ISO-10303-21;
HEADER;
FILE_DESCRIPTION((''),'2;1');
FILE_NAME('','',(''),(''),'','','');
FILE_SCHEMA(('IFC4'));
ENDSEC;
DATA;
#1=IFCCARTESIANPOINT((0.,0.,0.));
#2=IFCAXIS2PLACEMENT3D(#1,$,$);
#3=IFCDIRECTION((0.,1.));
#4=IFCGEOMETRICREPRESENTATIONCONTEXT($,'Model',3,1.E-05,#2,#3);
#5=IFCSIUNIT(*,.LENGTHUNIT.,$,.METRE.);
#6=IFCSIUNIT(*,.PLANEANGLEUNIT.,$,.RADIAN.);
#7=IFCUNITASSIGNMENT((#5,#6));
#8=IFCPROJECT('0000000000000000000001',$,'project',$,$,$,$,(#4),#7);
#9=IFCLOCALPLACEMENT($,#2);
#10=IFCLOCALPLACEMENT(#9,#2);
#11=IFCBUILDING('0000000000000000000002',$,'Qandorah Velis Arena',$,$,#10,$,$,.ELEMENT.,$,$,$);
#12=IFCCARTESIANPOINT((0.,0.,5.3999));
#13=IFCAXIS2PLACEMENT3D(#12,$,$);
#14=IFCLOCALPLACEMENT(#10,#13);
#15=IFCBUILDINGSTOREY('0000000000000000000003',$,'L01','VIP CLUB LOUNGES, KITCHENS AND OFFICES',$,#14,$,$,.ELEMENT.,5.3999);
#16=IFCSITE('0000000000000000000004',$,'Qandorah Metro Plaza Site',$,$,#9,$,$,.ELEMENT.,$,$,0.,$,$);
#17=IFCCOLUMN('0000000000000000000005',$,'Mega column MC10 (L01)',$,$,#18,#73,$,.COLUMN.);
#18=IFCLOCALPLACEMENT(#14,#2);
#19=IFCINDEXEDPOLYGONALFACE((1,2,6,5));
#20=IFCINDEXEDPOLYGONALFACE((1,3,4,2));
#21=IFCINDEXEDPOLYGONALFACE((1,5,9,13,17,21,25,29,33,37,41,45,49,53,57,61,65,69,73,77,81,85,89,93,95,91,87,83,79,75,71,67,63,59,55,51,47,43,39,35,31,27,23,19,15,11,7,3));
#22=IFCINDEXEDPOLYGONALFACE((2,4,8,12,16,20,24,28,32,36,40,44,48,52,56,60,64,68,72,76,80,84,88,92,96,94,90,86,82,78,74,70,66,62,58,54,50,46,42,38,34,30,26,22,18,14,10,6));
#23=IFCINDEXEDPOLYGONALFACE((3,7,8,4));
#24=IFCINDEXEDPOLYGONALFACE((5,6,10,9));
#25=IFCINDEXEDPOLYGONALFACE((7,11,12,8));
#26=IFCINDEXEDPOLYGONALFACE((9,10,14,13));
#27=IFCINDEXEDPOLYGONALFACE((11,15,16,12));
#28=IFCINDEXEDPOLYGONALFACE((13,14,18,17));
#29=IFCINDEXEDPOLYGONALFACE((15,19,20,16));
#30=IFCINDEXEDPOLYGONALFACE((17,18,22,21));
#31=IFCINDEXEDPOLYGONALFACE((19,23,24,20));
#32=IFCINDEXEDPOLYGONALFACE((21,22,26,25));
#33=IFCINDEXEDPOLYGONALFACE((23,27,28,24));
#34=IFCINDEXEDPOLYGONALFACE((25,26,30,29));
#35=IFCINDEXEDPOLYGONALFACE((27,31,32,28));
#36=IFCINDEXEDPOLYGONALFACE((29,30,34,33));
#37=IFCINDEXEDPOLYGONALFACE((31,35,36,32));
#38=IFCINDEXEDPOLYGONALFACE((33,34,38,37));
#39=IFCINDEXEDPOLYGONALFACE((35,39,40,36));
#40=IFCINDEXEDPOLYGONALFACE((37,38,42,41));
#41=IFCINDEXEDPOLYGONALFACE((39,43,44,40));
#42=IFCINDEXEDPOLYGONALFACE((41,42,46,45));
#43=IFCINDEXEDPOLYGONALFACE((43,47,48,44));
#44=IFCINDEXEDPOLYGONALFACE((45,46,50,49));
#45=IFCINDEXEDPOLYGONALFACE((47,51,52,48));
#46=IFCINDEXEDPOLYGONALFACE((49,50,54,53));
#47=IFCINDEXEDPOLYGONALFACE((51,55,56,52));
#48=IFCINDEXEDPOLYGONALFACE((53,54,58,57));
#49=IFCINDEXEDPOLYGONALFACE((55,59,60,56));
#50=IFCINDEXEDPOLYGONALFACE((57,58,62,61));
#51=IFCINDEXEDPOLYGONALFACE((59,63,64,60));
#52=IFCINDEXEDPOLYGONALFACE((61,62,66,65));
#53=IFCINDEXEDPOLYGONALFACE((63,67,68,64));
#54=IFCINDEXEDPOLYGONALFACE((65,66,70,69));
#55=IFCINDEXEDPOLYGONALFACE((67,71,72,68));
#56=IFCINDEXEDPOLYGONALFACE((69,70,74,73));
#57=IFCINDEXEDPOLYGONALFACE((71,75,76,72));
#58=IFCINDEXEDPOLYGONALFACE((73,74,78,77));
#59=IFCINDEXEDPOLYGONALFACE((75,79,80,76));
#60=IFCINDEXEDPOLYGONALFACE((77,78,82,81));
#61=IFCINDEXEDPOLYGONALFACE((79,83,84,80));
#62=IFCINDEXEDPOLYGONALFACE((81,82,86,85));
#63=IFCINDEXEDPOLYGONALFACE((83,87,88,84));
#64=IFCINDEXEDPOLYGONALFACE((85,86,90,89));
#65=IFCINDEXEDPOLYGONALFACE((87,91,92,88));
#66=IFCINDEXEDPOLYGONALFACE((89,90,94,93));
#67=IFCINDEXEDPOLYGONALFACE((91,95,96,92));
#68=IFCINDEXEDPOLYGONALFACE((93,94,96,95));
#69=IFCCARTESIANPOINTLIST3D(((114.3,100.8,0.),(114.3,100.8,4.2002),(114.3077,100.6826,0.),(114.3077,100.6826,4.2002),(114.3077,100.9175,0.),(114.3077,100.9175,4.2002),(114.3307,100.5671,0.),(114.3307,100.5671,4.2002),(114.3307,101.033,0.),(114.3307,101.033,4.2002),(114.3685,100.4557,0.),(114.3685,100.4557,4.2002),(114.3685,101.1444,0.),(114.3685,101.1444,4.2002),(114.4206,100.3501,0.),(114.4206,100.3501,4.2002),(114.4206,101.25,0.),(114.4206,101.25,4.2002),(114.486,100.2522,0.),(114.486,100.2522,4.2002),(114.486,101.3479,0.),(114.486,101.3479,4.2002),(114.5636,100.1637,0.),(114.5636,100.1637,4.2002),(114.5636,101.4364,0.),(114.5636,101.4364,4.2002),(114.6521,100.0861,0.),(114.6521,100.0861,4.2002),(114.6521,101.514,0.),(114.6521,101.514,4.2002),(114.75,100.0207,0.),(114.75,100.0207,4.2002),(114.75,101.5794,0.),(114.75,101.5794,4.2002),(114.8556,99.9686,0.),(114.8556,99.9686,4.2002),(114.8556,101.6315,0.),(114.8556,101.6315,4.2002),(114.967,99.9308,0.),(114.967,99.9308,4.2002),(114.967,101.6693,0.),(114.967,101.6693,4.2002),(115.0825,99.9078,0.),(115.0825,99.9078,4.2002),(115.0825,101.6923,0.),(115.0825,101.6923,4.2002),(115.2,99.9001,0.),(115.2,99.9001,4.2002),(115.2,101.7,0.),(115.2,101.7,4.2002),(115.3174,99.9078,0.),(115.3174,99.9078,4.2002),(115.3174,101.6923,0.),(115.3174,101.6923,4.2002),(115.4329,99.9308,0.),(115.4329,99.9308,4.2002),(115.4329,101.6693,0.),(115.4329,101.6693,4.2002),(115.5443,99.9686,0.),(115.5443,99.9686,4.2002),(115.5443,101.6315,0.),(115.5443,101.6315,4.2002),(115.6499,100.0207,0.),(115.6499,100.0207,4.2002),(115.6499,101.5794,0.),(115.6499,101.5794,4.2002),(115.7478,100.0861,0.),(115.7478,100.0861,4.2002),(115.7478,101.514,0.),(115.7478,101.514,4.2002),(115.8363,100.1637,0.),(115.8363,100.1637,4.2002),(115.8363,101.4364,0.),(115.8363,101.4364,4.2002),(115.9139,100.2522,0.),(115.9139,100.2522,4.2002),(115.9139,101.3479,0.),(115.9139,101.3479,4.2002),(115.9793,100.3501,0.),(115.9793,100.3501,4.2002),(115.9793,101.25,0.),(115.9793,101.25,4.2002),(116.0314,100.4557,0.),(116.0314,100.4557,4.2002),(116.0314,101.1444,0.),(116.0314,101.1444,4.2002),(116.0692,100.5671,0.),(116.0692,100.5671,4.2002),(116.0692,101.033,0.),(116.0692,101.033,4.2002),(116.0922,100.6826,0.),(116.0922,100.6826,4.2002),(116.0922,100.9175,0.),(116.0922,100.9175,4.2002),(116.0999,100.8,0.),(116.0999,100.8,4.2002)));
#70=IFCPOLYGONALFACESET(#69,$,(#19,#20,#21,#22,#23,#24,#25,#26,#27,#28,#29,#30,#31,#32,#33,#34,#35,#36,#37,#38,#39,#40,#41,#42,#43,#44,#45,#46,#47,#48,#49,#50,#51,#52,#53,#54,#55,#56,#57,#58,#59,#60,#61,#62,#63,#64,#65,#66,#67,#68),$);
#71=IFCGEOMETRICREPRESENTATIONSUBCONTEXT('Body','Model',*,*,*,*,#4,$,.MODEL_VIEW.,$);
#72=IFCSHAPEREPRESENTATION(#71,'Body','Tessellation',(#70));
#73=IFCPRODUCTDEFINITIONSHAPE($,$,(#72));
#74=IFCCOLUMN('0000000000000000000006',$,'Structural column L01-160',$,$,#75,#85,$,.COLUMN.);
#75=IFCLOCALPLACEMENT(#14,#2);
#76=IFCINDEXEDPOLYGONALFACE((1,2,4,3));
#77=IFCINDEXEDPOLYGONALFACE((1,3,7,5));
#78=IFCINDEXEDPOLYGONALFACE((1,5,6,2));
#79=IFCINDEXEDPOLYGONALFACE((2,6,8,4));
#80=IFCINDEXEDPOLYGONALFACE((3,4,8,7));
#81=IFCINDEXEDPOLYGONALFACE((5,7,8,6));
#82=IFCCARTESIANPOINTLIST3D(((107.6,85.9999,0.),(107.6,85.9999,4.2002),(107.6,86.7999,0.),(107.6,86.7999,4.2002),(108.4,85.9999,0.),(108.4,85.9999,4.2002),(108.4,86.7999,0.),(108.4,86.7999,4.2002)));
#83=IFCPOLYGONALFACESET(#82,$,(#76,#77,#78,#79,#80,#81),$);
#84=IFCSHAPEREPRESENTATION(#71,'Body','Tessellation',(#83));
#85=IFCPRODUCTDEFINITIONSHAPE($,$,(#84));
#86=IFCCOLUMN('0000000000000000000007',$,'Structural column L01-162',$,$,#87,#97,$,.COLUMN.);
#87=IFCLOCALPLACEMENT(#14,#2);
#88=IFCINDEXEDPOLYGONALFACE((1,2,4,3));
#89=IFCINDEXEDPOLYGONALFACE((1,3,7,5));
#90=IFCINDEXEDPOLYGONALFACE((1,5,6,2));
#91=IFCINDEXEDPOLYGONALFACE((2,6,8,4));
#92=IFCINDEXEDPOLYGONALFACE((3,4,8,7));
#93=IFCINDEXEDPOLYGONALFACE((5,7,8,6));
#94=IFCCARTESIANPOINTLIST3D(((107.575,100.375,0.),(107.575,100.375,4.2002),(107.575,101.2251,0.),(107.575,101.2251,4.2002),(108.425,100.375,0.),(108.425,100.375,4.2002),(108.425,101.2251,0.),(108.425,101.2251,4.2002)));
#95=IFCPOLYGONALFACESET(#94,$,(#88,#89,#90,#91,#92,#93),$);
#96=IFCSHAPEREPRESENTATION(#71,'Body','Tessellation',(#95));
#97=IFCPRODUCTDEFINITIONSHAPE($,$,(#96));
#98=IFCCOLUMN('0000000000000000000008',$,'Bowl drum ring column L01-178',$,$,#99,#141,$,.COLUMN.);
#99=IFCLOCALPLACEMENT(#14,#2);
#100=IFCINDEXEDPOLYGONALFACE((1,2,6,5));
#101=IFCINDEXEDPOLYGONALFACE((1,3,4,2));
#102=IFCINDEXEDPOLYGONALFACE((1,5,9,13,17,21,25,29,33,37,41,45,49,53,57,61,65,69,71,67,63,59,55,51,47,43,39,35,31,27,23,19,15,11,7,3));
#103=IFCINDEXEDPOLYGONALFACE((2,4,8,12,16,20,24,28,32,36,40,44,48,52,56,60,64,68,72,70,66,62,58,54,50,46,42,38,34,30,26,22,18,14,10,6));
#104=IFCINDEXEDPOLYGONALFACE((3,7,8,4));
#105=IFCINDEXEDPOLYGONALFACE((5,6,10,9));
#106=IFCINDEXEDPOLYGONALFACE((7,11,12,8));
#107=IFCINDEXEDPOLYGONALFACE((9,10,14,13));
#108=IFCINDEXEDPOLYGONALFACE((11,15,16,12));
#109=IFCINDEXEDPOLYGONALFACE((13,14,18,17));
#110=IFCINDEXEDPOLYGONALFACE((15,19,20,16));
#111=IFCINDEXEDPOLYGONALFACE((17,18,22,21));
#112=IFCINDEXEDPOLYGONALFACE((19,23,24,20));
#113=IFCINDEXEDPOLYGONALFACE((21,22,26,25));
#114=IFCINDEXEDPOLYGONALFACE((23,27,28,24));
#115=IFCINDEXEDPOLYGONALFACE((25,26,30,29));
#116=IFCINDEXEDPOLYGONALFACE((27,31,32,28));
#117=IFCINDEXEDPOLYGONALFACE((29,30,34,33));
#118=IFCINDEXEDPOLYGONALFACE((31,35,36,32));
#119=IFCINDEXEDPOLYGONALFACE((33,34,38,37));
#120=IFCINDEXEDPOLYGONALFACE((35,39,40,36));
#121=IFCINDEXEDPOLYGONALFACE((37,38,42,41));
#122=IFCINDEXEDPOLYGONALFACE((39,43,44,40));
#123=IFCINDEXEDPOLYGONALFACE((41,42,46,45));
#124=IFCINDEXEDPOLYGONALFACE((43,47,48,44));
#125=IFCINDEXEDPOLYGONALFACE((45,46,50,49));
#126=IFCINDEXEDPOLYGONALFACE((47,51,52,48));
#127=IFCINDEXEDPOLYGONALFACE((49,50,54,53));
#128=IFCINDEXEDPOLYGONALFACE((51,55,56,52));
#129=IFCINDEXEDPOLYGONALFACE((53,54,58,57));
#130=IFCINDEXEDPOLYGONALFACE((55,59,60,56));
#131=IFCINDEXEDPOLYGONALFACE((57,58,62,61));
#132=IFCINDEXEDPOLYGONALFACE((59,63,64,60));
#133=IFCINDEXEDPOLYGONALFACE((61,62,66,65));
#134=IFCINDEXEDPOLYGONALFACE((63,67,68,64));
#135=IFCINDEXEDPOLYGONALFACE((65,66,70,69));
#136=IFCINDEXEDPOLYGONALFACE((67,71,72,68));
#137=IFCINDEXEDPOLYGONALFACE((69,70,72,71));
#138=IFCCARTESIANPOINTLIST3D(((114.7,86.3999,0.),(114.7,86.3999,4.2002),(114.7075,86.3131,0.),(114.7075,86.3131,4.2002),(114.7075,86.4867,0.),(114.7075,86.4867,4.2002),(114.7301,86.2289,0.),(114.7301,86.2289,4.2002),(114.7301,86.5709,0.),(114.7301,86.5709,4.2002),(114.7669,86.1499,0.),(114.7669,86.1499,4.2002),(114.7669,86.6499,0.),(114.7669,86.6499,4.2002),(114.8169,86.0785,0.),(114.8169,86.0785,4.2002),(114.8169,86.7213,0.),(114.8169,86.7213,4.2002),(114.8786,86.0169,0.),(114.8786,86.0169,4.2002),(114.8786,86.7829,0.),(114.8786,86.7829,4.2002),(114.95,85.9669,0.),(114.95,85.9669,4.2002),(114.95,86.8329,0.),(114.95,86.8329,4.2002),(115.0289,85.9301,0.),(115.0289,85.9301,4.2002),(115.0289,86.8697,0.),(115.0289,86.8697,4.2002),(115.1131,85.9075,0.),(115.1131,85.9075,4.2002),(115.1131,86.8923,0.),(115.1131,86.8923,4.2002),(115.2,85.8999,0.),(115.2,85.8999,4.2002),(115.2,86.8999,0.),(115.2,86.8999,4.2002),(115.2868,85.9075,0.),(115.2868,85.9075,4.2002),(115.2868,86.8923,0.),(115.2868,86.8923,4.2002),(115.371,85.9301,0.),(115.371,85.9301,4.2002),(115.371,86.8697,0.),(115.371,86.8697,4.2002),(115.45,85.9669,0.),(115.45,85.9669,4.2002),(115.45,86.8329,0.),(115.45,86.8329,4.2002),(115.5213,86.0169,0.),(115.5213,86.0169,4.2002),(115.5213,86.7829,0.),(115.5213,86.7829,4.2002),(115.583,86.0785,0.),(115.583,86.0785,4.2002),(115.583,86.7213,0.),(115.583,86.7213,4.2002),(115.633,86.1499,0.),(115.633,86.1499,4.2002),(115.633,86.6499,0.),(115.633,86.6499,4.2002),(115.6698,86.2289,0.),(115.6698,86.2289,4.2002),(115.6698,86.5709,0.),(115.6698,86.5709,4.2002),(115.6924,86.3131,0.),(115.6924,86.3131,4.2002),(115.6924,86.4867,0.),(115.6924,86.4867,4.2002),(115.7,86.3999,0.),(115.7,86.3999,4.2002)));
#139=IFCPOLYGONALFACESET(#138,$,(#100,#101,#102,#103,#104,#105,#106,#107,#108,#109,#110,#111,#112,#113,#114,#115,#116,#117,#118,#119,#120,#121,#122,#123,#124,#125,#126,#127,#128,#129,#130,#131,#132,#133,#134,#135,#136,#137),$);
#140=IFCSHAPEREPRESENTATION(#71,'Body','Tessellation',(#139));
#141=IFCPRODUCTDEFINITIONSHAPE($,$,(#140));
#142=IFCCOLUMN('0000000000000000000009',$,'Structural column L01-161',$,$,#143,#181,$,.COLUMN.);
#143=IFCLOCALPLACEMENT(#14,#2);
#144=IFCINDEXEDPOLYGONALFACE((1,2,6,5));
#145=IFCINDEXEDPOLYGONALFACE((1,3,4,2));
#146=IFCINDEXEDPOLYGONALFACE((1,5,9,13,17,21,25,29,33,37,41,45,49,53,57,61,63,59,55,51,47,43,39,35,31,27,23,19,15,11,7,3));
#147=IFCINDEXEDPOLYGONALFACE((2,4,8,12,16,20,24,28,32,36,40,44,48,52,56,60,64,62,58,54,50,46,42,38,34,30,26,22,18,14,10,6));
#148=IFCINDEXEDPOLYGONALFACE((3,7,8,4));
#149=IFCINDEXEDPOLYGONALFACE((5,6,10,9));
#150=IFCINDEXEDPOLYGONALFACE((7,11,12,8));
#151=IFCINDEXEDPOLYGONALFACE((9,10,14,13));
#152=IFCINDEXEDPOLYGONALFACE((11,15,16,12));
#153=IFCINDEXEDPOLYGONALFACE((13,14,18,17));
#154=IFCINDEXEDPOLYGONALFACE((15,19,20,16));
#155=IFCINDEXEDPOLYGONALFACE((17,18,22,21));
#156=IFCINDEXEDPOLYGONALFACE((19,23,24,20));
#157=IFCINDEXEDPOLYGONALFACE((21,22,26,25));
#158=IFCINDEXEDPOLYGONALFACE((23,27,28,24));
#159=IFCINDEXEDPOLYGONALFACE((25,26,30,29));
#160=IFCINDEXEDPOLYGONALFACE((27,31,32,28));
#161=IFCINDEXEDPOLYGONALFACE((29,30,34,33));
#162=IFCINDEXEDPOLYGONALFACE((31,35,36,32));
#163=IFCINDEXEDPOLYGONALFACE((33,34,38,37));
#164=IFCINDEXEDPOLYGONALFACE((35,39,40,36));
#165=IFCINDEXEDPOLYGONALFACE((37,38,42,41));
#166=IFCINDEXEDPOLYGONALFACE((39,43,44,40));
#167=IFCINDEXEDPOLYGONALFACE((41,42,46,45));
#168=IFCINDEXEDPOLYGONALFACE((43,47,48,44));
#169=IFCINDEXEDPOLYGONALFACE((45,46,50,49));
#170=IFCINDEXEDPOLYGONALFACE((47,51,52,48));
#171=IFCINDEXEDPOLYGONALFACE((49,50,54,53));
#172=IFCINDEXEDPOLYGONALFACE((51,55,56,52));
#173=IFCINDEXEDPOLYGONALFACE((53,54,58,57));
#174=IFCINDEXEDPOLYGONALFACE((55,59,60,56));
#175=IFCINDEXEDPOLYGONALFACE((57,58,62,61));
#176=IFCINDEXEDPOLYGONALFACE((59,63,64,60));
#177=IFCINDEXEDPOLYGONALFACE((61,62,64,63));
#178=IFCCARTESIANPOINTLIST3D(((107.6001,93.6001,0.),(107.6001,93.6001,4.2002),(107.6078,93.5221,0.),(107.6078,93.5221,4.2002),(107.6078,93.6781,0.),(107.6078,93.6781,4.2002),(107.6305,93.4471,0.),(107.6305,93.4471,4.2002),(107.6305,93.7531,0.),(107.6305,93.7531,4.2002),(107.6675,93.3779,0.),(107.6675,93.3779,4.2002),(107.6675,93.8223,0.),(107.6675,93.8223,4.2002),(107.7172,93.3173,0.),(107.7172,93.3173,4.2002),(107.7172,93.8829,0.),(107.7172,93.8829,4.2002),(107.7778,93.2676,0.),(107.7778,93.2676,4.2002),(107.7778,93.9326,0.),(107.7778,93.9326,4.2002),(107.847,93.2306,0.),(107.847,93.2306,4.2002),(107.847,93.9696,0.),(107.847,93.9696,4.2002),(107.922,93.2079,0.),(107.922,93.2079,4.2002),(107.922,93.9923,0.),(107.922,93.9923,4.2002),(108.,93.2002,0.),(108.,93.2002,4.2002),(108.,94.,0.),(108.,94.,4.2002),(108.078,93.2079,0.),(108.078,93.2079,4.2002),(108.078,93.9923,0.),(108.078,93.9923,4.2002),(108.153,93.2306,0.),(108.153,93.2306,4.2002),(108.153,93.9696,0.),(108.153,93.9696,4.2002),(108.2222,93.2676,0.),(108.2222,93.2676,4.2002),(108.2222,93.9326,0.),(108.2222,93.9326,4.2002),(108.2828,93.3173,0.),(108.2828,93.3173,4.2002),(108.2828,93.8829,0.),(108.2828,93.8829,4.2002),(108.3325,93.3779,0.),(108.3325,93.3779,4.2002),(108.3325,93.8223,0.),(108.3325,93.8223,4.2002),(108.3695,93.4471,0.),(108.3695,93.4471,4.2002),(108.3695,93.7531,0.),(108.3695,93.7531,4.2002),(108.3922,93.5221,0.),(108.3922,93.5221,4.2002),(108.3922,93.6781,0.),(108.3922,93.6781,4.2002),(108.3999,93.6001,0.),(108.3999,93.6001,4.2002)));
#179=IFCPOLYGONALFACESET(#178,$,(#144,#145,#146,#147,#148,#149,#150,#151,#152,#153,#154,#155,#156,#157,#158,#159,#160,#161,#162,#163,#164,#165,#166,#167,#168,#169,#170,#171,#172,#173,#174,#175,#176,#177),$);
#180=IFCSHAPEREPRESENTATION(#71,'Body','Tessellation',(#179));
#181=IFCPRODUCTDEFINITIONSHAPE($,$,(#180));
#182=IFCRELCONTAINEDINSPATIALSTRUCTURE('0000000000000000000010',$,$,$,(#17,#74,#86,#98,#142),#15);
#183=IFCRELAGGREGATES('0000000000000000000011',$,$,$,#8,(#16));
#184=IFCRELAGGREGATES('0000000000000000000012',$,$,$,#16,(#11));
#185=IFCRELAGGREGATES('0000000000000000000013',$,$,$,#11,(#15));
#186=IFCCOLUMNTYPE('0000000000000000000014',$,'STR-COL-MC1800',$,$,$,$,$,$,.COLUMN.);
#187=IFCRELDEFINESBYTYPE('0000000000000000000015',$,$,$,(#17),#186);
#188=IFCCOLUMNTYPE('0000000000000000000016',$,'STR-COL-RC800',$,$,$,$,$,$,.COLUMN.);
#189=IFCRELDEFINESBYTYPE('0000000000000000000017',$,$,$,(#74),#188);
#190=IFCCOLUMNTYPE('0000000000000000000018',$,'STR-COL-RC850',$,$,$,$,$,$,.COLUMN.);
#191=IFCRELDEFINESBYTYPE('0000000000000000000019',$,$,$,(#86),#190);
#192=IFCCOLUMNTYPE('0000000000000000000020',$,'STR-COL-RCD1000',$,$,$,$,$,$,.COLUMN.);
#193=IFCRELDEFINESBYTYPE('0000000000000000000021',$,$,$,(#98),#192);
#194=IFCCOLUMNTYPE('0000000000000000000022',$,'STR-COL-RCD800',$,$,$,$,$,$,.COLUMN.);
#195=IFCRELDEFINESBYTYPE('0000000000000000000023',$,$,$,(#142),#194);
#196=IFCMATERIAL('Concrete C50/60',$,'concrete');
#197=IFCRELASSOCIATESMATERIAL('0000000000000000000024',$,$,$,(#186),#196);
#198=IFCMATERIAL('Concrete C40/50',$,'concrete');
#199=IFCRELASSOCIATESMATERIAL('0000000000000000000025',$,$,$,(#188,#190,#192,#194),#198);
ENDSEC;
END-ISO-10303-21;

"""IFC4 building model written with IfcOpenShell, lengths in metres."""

from ifc_helpers import new_model, si_unit, direction, frame, origin, origin_2d, place, context, subcontext, project, spatial, rectangle, circle, extrude, material, material_profile, profile_set, type_object, element, save


model = new_model("IFC4")

# Units and contexts
model_context = context("Model", 3, precision=1e-05, world=origin(), true_north=direction((0.0, 1.0)))
body_context = subcontext(model_context, "Body", "Model", "MODEL_VIEW")
ifc_project = project(units=[si_unit("LENGTHUNIT", "METRE"), si_unit("PLANEANGLEUNIT", "RADIAN")], contexts=[model_context])

# Site, building, storey
site_placement = place(None, origin())
site = spatial("IfcSite", under=ifc_project, at=site_placement, Name="Qandorah Metro Plaza Site", CompositionType="ELEMENT", RefElevation=0.0)
building_placement = place(site_placement, origin())
building = spatial("IfcBuilding", under=site, at=building_placement, Name="Qandorah Velis Arena", CompositionType="ELEMENT")
storey_placement = place(building_placement, frame((0.0, 0.0, 5.3999)))
storey = spatial("IfcBuildingStorey", under=building, at=storey_placement, Name="L01", Description="VIP CLUB LOUNGES, KITCHENS AND OFFICES", CompositionType="ELEMENT", Elevation=5.3999)

# Columns
ifc_material_1 = material(Name="Concrete C50/60", Category="concrete")
ifc_material_profile_1 = material_profile(ifc_material_1, circle(Radius=0.8999, at=origin_2d()), Name="MC D1800")
ifc_profile_set_1 = profile_set([ifc_material_profile_1], Name="Concrete C50/60")
column_type_1 = type_object("IfcColumnType", Name="STR-COL-MC1800", PredefinedType="COLUMN", material=ifc_profile_set_1)
column_1_placement = place(storey_placement, frame((115.2, 100.8, 0.0), z_axis=(0.0, 0.0, 1.0), x_axis=(1.0, 0.0, 0.0)))
element("IfcColumn", 1, at=column_1_placement, inside=storey, type_object=column_type_1, Name="Mega column MC10 (L01)", PredefinedType="COLUMN", context=body_context, shape_type="SweptSolid", body=[
    extrude(circle(Radius=0.8999, at=origin_2d()), origin(), (0.0, 0.0, 1.0), 4.2002),
])
ifc_material_2 = material(Name="Concrete C40/50", Category="concrete")
ifc_material_profile_2 = material_profile(ifc_material_2, rectangle(XDim=0.8, YDim=0.8, at=origin_2d()), Name="RC COL 800x800")
ifc_profile_set_2 = profile_set([ifc_material_profile_2], Name="Concrete C40/50")
column_type_2 = type_object("IfcColumnType", Name="STR-COL-RC800", PredefinedType="COLUMN", material=ifc_profile_set_2)
column_2_placement = place(storey_placement, frame((108.0, 86.3999, 0.0), z_axis=(0.0, 0.0, 1.0), x_axis=(1.0, 0.0, 0.0)))
element("IfcColumn", 2, at=column_2_placement, inside=storey, type_object=column_type_2, Name="Structural column L01-160", PredefinedType="COLUMN", context=body_context, shape_type="SweptSolid", body=[
    extrude(rectangle(XDim=0.8, YDim=0.8, at=origin_2d()), origin(), (0.0, 0.0, 1.0), 4.2002),
])
ifc_material_profile_3 = material_profile(ifc_material_2, rectangle(XDim=0.8501, YDim=0.8501, at=origin_2d()), Name="RC COL 850x850")
ifc_profile_set_3 = profile_set([ifc_material_profile_3], Name="Concrete C40/50")
column_type_3 = type_object("IfcColumnType", Name="STR-COL-RC850", PredefinedType="COLUMN", material=ifc_profile_set_3)
column_3_placement = place(storey_placement, frame((108.0, 100.8, 0.0), z_axis=(0.0, 0.0, 1.0), x_axis=(1.0, 0.0, 0.0)))
element("IfcColumn", 3, at=column_3_placement, inside=storey, type_object=column_type_3, Name="Structural column L01-162", PredefinedType="COLUMN", context=body_context, shape_type="SweptSolid", body=[
    extrude(rectangle(XDim=0.8501, YDim=0.8501, at=origin_2d()), origin(), (0.0, 0.0, 1.0), 4.2002),
])
ifc_material_profile_4 = material_profile(ifc_material_2, circle(Radius=0.5, at=origin_2d()), Name="RC D1000")
ifc_profile_set_4 = profile_set([ifc_material_profile_4], Name="Concrete C40/50")
column_type_4 = type_object("IfcColumnType", Name="STR-COL-RCD1000", PredefinedType="COLUMN", material=ifc_profile_set_4)
column_4_placement = place(storey_placement, frame((115.2, 86.3999, 0.0), z_axis=(0.0, 0.0, 1.0), x_axis=(1.0, 0.0, 0.0)))
element("IfcColumn", 4, at=column_4_placement, inside=storey, type_object=column_type_4, Name="Bowl drum ring column L01-178", PredefinedType="COLUMN", context=body_context, shape_type="SweptSolid", body=[
    extrude(circle(Radius=0.5, at=origin_2d()), origin(), (0.0, 0.0, 1.0), 4.2002),
])
ifc_material_profile_5 = material_profile(ifc_material_2, circle(Radius=0.3999, at=origin_2d()), Name="RC D800")
ifc_profile_set_5 = profile_set([ifc_material_profile_5], Name="Concrete C40/50")
column_type_5 = type_object("IfcColumnType", Name="STR-COL-RCD800", PredefinedType="COLUMN", material=ifc_profile_set_5)
for number, where, z_axis, x_axis, name in (
    (5, (108.0, 93.6001, 0.0), (0.0, 0.0, 1.0), (1.0, 0.0, 0.0), "Structural column L01-161"),
):
    element("IfcColumn", number, at=place(storey_placement, frame(where, z_axis=z_axis, x_axis=x_axis)), inside=storey, type_object=column_type_5, Name=name, PredefinedType="COLUMN", context=body_context, shape_type="SweptSolid", body=[
        extrude(circle(Radius=0.3999, at=origin_2d()), origin(), (0.0, 0.0, 1.0), 4.2002),
    ])

save(model, "model.ifc")
